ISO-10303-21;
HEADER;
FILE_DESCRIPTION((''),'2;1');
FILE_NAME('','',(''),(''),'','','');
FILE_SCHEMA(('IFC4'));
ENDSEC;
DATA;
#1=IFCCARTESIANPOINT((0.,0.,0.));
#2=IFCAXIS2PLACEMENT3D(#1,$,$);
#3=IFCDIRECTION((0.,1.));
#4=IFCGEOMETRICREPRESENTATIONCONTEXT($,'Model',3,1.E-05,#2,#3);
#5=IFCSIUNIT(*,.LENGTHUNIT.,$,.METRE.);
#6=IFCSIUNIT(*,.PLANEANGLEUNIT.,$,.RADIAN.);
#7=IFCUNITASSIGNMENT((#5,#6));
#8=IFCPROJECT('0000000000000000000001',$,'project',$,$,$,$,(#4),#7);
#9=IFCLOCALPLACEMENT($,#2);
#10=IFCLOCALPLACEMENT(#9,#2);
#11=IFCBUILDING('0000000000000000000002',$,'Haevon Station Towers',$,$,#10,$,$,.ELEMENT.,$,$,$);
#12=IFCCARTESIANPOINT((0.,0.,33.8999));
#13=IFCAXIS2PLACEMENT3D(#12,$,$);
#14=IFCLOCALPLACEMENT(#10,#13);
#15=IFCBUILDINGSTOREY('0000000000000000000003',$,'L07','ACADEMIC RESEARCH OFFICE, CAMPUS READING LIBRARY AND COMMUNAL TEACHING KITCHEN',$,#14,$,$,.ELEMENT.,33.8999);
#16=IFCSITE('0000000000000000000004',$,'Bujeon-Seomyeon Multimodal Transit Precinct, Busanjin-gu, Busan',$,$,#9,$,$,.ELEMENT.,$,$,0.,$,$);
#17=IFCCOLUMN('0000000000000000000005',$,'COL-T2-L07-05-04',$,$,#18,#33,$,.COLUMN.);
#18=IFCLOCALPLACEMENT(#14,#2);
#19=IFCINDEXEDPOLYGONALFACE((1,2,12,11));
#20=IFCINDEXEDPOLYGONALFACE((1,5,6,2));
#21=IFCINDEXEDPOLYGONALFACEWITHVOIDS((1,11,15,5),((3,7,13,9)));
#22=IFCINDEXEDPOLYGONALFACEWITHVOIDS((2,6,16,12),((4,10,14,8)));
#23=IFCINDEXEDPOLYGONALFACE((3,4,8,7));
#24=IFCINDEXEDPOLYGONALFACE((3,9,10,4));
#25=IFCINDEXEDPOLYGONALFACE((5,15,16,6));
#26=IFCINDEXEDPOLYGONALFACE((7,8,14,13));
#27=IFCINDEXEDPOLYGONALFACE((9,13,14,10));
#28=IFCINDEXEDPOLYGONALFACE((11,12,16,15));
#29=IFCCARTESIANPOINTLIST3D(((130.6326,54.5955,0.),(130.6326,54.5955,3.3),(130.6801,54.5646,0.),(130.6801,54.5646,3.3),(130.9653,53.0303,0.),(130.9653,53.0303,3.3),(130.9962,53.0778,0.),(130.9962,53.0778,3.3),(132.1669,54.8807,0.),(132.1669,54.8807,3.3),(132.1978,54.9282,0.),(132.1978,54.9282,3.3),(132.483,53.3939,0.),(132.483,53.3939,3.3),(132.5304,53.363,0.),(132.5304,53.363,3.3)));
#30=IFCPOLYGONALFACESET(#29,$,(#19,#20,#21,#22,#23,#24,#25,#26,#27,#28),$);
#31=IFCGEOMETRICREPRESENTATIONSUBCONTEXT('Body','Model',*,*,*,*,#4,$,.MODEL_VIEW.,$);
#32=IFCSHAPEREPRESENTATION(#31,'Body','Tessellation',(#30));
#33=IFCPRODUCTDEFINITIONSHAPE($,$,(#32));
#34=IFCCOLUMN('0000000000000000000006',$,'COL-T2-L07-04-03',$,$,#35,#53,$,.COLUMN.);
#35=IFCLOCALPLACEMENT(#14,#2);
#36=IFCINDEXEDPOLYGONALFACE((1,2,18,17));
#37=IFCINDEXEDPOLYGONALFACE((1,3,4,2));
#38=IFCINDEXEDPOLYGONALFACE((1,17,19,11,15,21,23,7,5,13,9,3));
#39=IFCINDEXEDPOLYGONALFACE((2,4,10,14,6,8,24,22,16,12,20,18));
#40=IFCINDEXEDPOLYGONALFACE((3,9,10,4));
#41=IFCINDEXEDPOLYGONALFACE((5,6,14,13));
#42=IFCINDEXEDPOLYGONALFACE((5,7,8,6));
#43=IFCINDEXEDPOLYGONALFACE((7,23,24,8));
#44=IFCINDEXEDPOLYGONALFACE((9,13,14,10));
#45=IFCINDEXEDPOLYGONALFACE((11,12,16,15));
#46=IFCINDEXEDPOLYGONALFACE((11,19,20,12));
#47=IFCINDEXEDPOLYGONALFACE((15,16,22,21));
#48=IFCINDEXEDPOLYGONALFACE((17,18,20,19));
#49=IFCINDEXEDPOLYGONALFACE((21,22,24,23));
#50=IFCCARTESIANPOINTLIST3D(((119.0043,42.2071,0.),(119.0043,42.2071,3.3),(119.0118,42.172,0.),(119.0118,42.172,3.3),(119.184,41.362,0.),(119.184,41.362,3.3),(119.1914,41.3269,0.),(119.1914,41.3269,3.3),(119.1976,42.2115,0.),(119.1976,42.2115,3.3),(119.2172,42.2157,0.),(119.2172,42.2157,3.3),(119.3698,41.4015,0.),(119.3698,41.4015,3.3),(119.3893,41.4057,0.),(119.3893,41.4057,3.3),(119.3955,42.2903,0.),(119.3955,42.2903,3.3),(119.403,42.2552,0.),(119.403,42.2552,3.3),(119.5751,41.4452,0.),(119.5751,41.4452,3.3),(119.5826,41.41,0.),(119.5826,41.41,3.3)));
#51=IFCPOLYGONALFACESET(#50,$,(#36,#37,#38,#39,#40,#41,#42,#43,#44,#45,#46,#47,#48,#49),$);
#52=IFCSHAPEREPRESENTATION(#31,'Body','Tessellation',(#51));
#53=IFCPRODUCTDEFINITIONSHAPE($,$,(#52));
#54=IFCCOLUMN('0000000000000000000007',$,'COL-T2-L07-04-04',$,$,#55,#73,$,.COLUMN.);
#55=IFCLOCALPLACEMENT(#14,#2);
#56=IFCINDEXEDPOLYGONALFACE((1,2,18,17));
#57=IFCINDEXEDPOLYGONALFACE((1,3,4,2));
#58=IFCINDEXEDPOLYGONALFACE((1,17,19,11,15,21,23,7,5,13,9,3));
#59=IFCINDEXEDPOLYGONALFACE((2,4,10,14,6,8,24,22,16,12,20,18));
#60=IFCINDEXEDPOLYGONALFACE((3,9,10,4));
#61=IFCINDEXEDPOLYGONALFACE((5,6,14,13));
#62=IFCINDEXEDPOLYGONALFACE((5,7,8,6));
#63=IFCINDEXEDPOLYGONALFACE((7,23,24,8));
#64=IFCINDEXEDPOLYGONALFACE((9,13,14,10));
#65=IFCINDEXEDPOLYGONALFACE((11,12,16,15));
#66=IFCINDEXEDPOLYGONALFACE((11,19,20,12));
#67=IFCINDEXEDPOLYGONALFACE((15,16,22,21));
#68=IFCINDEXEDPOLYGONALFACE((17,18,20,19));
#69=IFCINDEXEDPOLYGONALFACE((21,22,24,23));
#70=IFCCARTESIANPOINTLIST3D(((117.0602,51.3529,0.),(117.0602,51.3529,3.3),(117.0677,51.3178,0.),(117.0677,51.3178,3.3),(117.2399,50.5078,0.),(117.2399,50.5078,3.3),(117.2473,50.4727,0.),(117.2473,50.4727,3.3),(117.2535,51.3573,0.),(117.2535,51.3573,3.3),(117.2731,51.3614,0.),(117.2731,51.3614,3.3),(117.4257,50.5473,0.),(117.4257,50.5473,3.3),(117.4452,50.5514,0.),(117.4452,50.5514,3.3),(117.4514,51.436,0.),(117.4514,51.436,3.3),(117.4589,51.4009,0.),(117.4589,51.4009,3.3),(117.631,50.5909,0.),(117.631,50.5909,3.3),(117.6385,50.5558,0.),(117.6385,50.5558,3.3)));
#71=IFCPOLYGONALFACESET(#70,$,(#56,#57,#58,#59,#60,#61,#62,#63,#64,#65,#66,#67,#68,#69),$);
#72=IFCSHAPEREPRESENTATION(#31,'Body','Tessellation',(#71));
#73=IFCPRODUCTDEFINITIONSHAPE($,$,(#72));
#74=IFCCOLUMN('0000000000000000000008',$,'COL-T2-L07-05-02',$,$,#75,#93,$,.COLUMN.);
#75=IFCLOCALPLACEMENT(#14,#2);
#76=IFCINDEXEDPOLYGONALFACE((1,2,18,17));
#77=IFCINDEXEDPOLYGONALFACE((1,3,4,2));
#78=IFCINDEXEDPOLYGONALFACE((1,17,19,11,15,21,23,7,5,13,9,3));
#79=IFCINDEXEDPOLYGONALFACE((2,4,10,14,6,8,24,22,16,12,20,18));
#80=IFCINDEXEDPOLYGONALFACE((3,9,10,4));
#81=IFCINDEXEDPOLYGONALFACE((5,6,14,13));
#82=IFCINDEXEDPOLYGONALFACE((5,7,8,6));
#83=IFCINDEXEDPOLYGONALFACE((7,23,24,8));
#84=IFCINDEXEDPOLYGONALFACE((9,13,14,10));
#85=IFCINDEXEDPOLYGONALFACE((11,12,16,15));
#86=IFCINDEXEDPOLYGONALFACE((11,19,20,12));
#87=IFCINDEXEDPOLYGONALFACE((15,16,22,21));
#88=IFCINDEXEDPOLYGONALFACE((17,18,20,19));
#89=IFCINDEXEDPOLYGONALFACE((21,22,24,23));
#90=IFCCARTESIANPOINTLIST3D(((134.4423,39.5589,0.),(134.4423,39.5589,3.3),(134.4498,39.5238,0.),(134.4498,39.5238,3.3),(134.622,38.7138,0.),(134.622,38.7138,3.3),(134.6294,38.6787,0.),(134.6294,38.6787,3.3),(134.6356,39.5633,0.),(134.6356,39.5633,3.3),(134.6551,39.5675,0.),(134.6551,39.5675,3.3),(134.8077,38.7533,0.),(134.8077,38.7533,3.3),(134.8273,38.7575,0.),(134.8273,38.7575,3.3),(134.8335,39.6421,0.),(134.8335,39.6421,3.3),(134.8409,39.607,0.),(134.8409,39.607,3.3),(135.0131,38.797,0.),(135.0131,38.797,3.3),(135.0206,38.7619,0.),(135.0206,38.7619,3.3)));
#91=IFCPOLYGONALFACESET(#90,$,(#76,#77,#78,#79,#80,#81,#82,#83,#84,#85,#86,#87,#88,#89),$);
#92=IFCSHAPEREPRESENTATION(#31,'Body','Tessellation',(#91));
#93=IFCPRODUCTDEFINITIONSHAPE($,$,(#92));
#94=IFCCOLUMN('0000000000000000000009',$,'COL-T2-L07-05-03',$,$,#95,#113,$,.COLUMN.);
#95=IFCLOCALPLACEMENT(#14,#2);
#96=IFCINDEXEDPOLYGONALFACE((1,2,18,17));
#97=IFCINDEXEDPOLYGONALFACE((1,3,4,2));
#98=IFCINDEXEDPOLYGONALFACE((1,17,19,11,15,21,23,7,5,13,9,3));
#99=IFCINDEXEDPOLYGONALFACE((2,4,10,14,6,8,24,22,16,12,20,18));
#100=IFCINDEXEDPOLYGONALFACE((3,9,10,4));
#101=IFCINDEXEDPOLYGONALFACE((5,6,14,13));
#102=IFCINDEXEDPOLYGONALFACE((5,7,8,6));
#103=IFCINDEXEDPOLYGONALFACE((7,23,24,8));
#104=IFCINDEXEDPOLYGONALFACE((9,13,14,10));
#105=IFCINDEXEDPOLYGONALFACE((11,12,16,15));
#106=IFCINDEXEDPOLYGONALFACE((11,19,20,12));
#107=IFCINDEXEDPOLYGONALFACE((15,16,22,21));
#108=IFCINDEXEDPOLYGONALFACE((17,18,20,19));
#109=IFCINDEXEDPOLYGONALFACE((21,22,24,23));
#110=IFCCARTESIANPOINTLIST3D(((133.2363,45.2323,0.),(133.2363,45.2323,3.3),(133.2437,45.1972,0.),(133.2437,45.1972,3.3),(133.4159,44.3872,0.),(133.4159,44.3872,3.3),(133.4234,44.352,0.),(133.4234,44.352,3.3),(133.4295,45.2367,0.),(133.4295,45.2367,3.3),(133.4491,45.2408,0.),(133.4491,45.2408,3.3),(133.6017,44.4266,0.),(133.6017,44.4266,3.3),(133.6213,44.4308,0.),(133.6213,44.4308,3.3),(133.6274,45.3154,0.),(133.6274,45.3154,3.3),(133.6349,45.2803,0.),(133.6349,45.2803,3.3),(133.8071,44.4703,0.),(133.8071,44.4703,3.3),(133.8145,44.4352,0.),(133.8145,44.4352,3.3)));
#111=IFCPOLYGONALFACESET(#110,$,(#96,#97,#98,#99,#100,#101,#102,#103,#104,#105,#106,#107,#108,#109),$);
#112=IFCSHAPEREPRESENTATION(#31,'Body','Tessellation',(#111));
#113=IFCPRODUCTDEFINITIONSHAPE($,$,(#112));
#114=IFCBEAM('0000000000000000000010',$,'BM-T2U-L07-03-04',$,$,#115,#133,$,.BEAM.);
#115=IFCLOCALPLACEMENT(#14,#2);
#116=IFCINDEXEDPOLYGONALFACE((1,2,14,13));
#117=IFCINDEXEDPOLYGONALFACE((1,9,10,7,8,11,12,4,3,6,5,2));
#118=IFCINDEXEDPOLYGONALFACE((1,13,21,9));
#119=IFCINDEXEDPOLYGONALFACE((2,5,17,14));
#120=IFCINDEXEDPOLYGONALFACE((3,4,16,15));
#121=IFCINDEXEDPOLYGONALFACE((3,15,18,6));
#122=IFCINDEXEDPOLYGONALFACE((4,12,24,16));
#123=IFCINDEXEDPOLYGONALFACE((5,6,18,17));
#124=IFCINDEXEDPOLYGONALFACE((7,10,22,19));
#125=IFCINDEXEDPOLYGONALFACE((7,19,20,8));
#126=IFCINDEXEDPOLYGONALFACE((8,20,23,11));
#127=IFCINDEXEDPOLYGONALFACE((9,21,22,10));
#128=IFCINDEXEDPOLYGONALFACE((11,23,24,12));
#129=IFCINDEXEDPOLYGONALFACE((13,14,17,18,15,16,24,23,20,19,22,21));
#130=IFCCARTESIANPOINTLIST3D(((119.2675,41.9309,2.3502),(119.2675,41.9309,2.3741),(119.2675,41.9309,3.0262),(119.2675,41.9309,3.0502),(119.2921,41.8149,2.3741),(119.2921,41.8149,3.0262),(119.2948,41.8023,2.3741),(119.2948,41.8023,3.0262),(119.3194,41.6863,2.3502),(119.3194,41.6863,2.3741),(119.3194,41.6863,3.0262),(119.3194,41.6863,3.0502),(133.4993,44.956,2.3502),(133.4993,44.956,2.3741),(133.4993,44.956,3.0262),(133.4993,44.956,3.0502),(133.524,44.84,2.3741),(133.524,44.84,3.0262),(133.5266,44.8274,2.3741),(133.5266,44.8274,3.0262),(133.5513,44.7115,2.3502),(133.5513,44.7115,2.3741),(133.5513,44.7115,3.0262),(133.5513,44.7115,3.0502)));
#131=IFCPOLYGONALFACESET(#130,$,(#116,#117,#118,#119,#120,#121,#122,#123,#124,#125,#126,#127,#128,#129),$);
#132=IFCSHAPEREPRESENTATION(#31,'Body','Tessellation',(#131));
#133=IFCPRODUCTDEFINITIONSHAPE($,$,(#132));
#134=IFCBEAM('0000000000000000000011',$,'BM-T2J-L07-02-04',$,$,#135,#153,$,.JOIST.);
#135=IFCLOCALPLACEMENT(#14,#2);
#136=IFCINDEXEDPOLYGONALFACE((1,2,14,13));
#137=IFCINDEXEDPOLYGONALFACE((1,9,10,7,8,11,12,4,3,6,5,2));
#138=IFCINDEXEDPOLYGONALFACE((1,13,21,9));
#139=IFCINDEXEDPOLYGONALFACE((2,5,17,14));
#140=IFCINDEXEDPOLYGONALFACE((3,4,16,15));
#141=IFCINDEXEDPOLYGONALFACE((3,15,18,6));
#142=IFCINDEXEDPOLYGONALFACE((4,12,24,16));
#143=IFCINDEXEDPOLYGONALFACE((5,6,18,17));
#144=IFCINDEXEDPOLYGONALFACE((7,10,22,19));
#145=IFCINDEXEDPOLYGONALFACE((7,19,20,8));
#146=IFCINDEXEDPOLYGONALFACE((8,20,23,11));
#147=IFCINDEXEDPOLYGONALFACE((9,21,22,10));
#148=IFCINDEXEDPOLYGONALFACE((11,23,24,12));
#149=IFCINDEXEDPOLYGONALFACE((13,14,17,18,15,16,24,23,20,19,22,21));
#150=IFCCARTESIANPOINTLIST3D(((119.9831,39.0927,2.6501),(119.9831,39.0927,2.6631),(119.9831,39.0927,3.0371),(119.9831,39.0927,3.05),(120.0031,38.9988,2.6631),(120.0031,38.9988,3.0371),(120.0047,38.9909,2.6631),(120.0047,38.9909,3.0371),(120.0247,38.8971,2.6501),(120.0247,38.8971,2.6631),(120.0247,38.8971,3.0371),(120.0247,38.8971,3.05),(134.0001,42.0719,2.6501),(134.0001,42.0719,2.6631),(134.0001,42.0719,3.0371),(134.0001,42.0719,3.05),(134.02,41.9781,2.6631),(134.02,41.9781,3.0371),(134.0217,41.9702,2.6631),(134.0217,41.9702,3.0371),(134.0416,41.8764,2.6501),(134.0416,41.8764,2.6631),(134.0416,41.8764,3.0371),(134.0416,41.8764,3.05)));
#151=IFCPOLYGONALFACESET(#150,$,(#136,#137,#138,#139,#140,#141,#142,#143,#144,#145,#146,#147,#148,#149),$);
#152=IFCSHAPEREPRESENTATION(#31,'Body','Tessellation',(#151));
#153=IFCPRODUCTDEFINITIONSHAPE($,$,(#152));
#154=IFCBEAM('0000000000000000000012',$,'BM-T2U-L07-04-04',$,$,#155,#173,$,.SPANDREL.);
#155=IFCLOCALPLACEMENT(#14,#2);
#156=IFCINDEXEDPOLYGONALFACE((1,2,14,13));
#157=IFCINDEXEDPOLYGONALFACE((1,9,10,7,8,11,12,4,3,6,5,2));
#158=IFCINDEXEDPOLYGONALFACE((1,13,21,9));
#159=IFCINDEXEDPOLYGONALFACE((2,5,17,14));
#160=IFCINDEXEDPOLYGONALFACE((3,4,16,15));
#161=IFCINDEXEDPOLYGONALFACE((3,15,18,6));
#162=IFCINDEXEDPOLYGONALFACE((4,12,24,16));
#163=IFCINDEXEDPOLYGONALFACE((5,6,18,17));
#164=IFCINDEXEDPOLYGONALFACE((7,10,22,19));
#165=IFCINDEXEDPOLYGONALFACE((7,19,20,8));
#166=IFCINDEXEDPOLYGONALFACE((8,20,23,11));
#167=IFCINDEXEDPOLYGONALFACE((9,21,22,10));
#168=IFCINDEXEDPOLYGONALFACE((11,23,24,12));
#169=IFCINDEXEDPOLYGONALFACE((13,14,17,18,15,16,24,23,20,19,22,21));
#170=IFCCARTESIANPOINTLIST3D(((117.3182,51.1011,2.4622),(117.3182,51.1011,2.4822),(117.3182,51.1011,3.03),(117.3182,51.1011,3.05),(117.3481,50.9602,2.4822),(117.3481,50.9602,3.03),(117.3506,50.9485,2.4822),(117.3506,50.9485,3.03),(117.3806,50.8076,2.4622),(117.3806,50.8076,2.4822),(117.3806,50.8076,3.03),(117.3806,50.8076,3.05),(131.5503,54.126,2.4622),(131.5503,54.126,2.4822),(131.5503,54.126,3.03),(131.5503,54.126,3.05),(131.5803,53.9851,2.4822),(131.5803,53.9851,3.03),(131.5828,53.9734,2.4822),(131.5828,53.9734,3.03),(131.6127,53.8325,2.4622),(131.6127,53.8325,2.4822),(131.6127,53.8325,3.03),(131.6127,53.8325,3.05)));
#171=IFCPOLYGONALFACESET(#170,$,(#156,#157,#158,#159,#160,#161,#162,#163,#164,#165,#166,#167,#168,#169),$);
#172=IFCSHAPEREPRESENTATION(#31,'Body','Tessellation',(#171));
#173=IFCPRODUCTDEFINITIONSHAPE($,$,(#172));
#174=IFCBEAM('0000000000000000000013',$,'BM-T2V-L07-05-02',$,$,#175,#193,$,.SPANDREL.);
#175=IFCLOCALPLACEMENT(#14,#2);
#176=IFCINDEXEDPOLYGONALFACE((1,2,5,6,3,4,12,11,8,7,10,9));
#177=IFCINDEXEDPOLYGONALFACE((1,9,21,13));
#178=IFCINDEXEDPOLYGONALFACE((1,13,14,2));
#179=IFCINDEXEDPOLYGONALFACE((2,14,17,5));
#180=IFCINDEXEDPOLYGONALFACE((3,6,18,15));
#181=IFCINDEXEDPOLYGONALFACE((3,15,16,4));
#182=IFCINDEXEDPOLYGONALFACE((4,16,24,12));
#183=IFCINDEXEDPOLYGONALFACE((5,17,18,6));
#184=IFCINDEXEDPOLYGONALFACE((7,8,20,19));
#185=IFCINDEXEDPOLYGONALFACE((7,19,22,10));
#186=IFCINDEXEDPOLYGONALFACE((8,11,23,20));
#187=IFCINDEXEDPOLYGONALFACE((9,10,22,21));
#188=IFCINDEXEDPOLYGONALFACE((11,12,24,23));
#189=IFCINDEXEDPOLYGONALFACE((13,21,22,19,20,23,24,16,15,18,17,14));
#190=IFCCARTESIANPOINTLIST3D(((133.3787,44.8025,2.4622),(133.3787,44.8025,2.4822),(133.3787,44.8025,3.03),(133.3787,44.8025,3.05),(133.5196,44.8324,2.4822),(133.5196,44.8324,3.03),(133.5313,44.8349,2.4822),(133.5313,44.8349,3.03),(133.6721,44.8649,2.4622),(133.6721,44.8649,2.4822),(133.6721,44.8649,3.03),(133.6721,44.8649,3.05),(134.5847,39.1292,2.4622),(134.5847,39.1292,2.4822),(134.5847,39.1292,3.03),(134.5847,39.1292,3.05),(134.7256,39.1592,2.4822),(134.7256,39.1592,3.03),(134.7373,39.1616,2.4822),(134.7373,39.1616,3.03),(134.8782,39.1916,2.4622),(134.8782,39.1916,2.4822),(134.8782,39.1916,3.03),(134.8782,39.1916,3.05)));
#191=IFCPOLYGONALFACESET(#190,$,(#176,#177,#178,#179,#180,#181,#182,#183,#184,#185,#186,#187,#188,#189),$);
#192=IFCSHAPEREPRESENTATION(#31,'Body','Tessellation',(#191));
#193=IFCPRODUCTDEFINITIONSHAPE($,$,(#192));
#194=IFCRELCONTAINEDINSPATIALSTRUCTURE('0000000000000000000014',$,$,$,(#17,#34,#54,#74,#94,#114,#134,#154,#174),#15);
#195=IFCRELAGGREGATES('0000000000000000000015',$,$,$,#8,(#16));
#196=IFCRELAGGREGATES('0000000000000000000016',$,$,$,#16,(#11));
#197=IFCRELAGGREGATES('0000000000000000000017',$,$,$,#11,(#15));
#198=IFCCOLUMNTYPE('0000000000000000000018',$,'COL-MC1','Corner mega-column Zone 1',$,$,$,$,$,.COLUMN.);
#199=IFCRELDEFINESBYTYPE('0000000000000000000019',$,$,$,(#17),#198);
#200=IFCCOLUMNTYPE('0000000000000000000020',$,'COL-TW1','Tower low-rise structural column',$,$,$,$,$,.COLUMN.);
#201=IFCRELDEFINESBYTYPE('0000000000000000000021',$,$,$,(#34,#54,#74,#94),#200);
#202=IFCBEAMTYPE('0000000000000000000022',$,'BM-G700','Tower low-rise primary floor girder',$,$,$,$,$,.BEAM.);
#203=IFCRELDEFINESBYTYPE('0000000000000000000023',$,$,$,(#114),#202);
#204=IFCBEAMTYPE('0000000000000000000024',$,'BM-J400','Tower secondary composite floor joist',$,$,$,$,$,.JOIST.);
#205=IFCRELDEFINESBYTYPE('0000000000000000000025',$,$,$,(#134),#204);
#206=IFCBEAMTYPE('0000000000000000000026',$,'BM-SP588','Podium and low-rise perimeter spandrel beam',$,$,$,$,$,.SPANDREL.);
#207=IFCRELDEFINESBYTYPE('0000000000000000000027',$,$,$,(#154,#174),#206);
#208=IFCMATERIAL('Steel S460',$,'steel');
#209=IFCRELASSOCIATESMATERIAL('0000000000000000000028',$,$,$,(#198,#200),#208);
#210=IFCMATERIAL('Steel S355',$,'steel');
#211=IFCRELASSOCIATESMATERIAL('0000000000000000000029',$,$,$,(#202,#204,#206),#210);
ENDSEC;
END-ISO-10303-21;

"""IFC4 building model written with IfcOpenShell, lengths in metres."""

from ifc_helpers import new_model, si_unit, direction, frame, origin, origin_2d, place, context, subcontext, project, spatial, hollow_rectangle, i_section, extrude, material, material_profile, profile_set, type_object, element, save


model = new_model("IFC4")

# Units and contexts
model_context = context("Model", 3, precision=1e-05, world=origin(), true_north=direction((0.0, 1.0)))
body_context = subcontext(model_context, "Body", "Model", "MODEL_VIEW")
ifc_project = project(units=[si_unit("LENGTHUNIT", "METRE"), si_unit("PLANEANGLEUNIT", "RADIAN")], contexts=[model_context])

# Site, building, storey
site_placement = place(None, origin())
site = spatial("IfcSite", under=ifc_project, at=site_placement, Name="Bujeon-Seomyeon Multimodal Transit Precinct, Busanjin-gu, Busan", CompositionType="ELEMENT", RefElevation=0.0)
building_placement = place(site_placement, origin())
building = spatial("IfcBuilding", under=site, at=building_placement, Name="Haevon Station Towers", CompositionType="ELEMENT")
storey_placement = place(building_placement, frame((0.0, 0.0, 33.8999)))
storey = spatial("IfcBuildingStorey", under=building, at=storey_placement, Name="L07", Description="ACADEMIC RESEARCH OFFICE, CAMPUS READING LIBRARY AND COMMUNAL TEACHING KITCHEN", CompositionType="ELEMENT", Elevation=33.8999)

# Columns
ifc_material_1 = material(Name="Steel S460", Category="steel")
ifc_material_profile_1 = material_profile(ifc_material_1, hollow_rectangle(XDim=1.6001, YDim=1.6001, WallThickness=0.04, at=origin_2d()), Name="BOX-1600x1600x40")
ifc_profile_set_1 = profile_set([ifc_material_profile_1], Name="Steel S460")
column_type_1 = type_object("IfcColumnType", Name="COL-MC1", Description="Corner mega-column Zone 1", PredefinedType="COLUMN", material=ifc_profile_set_1)
column_placement = place(storey_placement, frame((131.5815, 53.9792, 0.0), z_axis=(0.0, 0.0, 1.0), x_axis=(0.978148, 0.207912, 0.0)))
element("IfcColumn", 1, at=column_placement, inside=storey, type_object=column_type_1, Name="COL-T2-L07-05-04", PredefinedType="COLUMN", context=body_context, shape_type="SweptSolid", body=[
    extrude(hollow_rectangle(XDim=1.6001, YDim=1.6001, WallThickness=0.04, at=origin_2d()), origin(), (0.0, 0.0, 1.0), 3.3),
])
ifc_material_profile_2 = material_profile(ifc_material_1, i_section(OverallWidth=0.3999, OverallDepth=0.8999, WebThickness=0.02, FlangeThickness=0.0359, at=origin_2d()), Name="H-900x400x20x36")
ifc_profile_set_2 = profile_set([ifc_material_profile_2], Name="Steel S460")
column_type_2 = type_object("IfcColumnType", Name="COL-TW1", Description="Tower low-rise structural column", PredefinedType="COLUMN", material=ifc_profile_set_2)
for number, where, z_axis, x_axis, name in (
    (2, (119.2935, 41.8086, 0.0), (0.0, 0.0, 1.0), (0.978148, 0.207912, 0.0), "COL-T2-L07-04-03"),
    (3, (117.3494, 50.9543, 0.0), (0.0, 0.0, 1.0), (0.978148, 0.207912, 0.0), "COL-T2-L07-04-04"),
    (4, (134.7314, 39.1604, 0.0), (0.0, 0.0, 1.0), (0.978148, 0.207912, 0.0), "COL-T2-L07-05-02"),
    (5, (133.5254, 44.8337, 0.0), (0.0, 0.0, 1.0), (0.978148, 0.207912, 0.0), "COL-T2-L07-05-03"),
):
    element("IfcColumn", number, at=place(storey_placement, frame(where, z_axis=z_axis, x_axis=x_axis)), inside=storey, type_object=column_type_2, Name=name, PredefinedType="COLUMN", context=body_context, shape_type="SweptSolid", body=[
        extrude(i_section(OverallWidth=0.3999, OverallDepth=0.8999, WebThickness=0.02, FlangeThickness=0.0359, at=origin_2d()), origin(), (0.0, 0.0, 1.0), 3.3),
    ])

# Beams
ifc_material_2 = material(Name="Steel S355", Category="steel")
ifc_material_profile_3 = material_profile(ifc_material_2, i_section(OverallWidth=0.25, OverallDepth=0.7, WebThickness=0.0129, FlangeThickness=0.0239, at=origin_2d()), Name="H-700x250x13x24")
ifc_profile_set_3 = profile_set([ifc_material_profile_3], Name="Steel S355")
beam_type_1 = type_object("IfcBeamType", Name="BM-G700", Description="Tower low-rise primary floor girder", PredefinedType="BEAM", material=ifc_profile_set_3)
beam_1_placement = place(storey_placement, frame((119.2935, 41.8086, 2.7002), z_axis=(0.978147, 0.207915, 0.0), x_axis=(-0.207915, 0.978147, 0.0)))
element("IfcBeam", 6, at=beam_1_placement, inside=storey, type_object=beam_type_1, Name="BM-T2U-L07-03-04", PredefinedType="BEAM", context=body_context, shape_type="SweptSolid", body=[
    extrude(i_section(OverallWidth=0.25, OverallDepth=0.7, WebThickness=0.0129, FlangeThickness=0.0239, at=origin_2d()), origin(), (0.0, 0.0, 1.0), 14.5498),
])
ifc_material_profile_4 = material_profile(ifc_material_2, i_section(OverallWidth=0.2, OverallDepth=0.3999, WebThickness=0.0081, FlangeThickness=0.0129, at=origin_2d()), Name="H-400x200x8x13")
ifc_profile_set_4 = profile_set([ifc_material_profile_4], Name="Steel S355")
beam_type_2 = type_object("IfcBeamType", Name="BM-J400", Description="Tower secondary composite floor joist", PredefinedType="JOIST", material=ifc_profile_set_4)
beam_2_placement = place(storey_placement, frame((120.0039, 38.9949, 2.8501), z_axis=(0.978149, 0.207903, 0.0), x_axis=(-0.207903, 0.978149, 0.0)))
element("IfcBeam", 7, at=beam_2_placement, inside=storey, type_object=beam_type_2, Name="BM-T2J-L07-02-04", PredefinedType="JOIST", context=body_context, shape_type="SweptSolid", body=[
    extrude(i_section(OverallWidth=0.2, OverallDepth=0.3999, WebThickness=0.0081, FlangeThickness=0.0129, at=origin_2d()), origin(), (0.0, 0.0, 1.0), 14.3301),
])
ifc_material_profile_5 = material_profile(ifc_material_2, i_section(OverallWidth=0.3, OverallDepth=0.5879, WebThickness=0.012, FlangeThickness=0.02, at=origin_2d()), Name="H-588x300x12x20")
ifc_profile_set_5 = profile_set([ifc_material_profile_5], Name="Steel S355")
beam_type_3 = type_object("IfcBeamType", Name="BM-SP588", Description="Podium and low-rise perimeter spandrel beam", PredefinedType="SPANDREL", material=ifc_profile_set_5)
beam_3_placement = place(storey_placement, frame((117.3494, 50.9543, 2.7561), z_axis=(0.978151, 0.207896, 0.0), x_axis=(-0.207896, 0.978151, 0.0)))
element("IfcBeam", 8, at=beam_3_placement, inside=storey, type_object=beam_type_3, Name="BM-T2U-L07-04-04", PredefinedType="SPANDREL", context=body_context, shape_type="SweptSolid", body=[
    extrude(i_section(OverallWidth=0.3, OverallDepth=0.5879, WebThickness=0.012, FlangeThickness=0.02, at=origin_2d()), origin(), (0.0, 0.0, 1.0), 14.55),
])
beam_4_placement = place(storey_placement, frame((134.7314, 39.1604, 2.7561), z_axis=(-0.207936, 0.978142, 0.0), x_axis=(-0.978142, -0.207936, 0.0)))
element("IfcBeam", 9, at=beam_4_placement, inside=storey, type_object=beam_type_3, Name="BM-T2V-L07-05-02", PredefinedType="SPANDREL", context=body_context, shape_type="SweptSolid", body=[
    extrude(i_section(OverallWidth=0.3, OverallDepth=0.5879, WebThickness=0.012, FlangeThickness=0.02, at=origin_2d()), origin(), (0.0, 0.0, 1.0), 5.8),
])

save(model, "model.ifc")
